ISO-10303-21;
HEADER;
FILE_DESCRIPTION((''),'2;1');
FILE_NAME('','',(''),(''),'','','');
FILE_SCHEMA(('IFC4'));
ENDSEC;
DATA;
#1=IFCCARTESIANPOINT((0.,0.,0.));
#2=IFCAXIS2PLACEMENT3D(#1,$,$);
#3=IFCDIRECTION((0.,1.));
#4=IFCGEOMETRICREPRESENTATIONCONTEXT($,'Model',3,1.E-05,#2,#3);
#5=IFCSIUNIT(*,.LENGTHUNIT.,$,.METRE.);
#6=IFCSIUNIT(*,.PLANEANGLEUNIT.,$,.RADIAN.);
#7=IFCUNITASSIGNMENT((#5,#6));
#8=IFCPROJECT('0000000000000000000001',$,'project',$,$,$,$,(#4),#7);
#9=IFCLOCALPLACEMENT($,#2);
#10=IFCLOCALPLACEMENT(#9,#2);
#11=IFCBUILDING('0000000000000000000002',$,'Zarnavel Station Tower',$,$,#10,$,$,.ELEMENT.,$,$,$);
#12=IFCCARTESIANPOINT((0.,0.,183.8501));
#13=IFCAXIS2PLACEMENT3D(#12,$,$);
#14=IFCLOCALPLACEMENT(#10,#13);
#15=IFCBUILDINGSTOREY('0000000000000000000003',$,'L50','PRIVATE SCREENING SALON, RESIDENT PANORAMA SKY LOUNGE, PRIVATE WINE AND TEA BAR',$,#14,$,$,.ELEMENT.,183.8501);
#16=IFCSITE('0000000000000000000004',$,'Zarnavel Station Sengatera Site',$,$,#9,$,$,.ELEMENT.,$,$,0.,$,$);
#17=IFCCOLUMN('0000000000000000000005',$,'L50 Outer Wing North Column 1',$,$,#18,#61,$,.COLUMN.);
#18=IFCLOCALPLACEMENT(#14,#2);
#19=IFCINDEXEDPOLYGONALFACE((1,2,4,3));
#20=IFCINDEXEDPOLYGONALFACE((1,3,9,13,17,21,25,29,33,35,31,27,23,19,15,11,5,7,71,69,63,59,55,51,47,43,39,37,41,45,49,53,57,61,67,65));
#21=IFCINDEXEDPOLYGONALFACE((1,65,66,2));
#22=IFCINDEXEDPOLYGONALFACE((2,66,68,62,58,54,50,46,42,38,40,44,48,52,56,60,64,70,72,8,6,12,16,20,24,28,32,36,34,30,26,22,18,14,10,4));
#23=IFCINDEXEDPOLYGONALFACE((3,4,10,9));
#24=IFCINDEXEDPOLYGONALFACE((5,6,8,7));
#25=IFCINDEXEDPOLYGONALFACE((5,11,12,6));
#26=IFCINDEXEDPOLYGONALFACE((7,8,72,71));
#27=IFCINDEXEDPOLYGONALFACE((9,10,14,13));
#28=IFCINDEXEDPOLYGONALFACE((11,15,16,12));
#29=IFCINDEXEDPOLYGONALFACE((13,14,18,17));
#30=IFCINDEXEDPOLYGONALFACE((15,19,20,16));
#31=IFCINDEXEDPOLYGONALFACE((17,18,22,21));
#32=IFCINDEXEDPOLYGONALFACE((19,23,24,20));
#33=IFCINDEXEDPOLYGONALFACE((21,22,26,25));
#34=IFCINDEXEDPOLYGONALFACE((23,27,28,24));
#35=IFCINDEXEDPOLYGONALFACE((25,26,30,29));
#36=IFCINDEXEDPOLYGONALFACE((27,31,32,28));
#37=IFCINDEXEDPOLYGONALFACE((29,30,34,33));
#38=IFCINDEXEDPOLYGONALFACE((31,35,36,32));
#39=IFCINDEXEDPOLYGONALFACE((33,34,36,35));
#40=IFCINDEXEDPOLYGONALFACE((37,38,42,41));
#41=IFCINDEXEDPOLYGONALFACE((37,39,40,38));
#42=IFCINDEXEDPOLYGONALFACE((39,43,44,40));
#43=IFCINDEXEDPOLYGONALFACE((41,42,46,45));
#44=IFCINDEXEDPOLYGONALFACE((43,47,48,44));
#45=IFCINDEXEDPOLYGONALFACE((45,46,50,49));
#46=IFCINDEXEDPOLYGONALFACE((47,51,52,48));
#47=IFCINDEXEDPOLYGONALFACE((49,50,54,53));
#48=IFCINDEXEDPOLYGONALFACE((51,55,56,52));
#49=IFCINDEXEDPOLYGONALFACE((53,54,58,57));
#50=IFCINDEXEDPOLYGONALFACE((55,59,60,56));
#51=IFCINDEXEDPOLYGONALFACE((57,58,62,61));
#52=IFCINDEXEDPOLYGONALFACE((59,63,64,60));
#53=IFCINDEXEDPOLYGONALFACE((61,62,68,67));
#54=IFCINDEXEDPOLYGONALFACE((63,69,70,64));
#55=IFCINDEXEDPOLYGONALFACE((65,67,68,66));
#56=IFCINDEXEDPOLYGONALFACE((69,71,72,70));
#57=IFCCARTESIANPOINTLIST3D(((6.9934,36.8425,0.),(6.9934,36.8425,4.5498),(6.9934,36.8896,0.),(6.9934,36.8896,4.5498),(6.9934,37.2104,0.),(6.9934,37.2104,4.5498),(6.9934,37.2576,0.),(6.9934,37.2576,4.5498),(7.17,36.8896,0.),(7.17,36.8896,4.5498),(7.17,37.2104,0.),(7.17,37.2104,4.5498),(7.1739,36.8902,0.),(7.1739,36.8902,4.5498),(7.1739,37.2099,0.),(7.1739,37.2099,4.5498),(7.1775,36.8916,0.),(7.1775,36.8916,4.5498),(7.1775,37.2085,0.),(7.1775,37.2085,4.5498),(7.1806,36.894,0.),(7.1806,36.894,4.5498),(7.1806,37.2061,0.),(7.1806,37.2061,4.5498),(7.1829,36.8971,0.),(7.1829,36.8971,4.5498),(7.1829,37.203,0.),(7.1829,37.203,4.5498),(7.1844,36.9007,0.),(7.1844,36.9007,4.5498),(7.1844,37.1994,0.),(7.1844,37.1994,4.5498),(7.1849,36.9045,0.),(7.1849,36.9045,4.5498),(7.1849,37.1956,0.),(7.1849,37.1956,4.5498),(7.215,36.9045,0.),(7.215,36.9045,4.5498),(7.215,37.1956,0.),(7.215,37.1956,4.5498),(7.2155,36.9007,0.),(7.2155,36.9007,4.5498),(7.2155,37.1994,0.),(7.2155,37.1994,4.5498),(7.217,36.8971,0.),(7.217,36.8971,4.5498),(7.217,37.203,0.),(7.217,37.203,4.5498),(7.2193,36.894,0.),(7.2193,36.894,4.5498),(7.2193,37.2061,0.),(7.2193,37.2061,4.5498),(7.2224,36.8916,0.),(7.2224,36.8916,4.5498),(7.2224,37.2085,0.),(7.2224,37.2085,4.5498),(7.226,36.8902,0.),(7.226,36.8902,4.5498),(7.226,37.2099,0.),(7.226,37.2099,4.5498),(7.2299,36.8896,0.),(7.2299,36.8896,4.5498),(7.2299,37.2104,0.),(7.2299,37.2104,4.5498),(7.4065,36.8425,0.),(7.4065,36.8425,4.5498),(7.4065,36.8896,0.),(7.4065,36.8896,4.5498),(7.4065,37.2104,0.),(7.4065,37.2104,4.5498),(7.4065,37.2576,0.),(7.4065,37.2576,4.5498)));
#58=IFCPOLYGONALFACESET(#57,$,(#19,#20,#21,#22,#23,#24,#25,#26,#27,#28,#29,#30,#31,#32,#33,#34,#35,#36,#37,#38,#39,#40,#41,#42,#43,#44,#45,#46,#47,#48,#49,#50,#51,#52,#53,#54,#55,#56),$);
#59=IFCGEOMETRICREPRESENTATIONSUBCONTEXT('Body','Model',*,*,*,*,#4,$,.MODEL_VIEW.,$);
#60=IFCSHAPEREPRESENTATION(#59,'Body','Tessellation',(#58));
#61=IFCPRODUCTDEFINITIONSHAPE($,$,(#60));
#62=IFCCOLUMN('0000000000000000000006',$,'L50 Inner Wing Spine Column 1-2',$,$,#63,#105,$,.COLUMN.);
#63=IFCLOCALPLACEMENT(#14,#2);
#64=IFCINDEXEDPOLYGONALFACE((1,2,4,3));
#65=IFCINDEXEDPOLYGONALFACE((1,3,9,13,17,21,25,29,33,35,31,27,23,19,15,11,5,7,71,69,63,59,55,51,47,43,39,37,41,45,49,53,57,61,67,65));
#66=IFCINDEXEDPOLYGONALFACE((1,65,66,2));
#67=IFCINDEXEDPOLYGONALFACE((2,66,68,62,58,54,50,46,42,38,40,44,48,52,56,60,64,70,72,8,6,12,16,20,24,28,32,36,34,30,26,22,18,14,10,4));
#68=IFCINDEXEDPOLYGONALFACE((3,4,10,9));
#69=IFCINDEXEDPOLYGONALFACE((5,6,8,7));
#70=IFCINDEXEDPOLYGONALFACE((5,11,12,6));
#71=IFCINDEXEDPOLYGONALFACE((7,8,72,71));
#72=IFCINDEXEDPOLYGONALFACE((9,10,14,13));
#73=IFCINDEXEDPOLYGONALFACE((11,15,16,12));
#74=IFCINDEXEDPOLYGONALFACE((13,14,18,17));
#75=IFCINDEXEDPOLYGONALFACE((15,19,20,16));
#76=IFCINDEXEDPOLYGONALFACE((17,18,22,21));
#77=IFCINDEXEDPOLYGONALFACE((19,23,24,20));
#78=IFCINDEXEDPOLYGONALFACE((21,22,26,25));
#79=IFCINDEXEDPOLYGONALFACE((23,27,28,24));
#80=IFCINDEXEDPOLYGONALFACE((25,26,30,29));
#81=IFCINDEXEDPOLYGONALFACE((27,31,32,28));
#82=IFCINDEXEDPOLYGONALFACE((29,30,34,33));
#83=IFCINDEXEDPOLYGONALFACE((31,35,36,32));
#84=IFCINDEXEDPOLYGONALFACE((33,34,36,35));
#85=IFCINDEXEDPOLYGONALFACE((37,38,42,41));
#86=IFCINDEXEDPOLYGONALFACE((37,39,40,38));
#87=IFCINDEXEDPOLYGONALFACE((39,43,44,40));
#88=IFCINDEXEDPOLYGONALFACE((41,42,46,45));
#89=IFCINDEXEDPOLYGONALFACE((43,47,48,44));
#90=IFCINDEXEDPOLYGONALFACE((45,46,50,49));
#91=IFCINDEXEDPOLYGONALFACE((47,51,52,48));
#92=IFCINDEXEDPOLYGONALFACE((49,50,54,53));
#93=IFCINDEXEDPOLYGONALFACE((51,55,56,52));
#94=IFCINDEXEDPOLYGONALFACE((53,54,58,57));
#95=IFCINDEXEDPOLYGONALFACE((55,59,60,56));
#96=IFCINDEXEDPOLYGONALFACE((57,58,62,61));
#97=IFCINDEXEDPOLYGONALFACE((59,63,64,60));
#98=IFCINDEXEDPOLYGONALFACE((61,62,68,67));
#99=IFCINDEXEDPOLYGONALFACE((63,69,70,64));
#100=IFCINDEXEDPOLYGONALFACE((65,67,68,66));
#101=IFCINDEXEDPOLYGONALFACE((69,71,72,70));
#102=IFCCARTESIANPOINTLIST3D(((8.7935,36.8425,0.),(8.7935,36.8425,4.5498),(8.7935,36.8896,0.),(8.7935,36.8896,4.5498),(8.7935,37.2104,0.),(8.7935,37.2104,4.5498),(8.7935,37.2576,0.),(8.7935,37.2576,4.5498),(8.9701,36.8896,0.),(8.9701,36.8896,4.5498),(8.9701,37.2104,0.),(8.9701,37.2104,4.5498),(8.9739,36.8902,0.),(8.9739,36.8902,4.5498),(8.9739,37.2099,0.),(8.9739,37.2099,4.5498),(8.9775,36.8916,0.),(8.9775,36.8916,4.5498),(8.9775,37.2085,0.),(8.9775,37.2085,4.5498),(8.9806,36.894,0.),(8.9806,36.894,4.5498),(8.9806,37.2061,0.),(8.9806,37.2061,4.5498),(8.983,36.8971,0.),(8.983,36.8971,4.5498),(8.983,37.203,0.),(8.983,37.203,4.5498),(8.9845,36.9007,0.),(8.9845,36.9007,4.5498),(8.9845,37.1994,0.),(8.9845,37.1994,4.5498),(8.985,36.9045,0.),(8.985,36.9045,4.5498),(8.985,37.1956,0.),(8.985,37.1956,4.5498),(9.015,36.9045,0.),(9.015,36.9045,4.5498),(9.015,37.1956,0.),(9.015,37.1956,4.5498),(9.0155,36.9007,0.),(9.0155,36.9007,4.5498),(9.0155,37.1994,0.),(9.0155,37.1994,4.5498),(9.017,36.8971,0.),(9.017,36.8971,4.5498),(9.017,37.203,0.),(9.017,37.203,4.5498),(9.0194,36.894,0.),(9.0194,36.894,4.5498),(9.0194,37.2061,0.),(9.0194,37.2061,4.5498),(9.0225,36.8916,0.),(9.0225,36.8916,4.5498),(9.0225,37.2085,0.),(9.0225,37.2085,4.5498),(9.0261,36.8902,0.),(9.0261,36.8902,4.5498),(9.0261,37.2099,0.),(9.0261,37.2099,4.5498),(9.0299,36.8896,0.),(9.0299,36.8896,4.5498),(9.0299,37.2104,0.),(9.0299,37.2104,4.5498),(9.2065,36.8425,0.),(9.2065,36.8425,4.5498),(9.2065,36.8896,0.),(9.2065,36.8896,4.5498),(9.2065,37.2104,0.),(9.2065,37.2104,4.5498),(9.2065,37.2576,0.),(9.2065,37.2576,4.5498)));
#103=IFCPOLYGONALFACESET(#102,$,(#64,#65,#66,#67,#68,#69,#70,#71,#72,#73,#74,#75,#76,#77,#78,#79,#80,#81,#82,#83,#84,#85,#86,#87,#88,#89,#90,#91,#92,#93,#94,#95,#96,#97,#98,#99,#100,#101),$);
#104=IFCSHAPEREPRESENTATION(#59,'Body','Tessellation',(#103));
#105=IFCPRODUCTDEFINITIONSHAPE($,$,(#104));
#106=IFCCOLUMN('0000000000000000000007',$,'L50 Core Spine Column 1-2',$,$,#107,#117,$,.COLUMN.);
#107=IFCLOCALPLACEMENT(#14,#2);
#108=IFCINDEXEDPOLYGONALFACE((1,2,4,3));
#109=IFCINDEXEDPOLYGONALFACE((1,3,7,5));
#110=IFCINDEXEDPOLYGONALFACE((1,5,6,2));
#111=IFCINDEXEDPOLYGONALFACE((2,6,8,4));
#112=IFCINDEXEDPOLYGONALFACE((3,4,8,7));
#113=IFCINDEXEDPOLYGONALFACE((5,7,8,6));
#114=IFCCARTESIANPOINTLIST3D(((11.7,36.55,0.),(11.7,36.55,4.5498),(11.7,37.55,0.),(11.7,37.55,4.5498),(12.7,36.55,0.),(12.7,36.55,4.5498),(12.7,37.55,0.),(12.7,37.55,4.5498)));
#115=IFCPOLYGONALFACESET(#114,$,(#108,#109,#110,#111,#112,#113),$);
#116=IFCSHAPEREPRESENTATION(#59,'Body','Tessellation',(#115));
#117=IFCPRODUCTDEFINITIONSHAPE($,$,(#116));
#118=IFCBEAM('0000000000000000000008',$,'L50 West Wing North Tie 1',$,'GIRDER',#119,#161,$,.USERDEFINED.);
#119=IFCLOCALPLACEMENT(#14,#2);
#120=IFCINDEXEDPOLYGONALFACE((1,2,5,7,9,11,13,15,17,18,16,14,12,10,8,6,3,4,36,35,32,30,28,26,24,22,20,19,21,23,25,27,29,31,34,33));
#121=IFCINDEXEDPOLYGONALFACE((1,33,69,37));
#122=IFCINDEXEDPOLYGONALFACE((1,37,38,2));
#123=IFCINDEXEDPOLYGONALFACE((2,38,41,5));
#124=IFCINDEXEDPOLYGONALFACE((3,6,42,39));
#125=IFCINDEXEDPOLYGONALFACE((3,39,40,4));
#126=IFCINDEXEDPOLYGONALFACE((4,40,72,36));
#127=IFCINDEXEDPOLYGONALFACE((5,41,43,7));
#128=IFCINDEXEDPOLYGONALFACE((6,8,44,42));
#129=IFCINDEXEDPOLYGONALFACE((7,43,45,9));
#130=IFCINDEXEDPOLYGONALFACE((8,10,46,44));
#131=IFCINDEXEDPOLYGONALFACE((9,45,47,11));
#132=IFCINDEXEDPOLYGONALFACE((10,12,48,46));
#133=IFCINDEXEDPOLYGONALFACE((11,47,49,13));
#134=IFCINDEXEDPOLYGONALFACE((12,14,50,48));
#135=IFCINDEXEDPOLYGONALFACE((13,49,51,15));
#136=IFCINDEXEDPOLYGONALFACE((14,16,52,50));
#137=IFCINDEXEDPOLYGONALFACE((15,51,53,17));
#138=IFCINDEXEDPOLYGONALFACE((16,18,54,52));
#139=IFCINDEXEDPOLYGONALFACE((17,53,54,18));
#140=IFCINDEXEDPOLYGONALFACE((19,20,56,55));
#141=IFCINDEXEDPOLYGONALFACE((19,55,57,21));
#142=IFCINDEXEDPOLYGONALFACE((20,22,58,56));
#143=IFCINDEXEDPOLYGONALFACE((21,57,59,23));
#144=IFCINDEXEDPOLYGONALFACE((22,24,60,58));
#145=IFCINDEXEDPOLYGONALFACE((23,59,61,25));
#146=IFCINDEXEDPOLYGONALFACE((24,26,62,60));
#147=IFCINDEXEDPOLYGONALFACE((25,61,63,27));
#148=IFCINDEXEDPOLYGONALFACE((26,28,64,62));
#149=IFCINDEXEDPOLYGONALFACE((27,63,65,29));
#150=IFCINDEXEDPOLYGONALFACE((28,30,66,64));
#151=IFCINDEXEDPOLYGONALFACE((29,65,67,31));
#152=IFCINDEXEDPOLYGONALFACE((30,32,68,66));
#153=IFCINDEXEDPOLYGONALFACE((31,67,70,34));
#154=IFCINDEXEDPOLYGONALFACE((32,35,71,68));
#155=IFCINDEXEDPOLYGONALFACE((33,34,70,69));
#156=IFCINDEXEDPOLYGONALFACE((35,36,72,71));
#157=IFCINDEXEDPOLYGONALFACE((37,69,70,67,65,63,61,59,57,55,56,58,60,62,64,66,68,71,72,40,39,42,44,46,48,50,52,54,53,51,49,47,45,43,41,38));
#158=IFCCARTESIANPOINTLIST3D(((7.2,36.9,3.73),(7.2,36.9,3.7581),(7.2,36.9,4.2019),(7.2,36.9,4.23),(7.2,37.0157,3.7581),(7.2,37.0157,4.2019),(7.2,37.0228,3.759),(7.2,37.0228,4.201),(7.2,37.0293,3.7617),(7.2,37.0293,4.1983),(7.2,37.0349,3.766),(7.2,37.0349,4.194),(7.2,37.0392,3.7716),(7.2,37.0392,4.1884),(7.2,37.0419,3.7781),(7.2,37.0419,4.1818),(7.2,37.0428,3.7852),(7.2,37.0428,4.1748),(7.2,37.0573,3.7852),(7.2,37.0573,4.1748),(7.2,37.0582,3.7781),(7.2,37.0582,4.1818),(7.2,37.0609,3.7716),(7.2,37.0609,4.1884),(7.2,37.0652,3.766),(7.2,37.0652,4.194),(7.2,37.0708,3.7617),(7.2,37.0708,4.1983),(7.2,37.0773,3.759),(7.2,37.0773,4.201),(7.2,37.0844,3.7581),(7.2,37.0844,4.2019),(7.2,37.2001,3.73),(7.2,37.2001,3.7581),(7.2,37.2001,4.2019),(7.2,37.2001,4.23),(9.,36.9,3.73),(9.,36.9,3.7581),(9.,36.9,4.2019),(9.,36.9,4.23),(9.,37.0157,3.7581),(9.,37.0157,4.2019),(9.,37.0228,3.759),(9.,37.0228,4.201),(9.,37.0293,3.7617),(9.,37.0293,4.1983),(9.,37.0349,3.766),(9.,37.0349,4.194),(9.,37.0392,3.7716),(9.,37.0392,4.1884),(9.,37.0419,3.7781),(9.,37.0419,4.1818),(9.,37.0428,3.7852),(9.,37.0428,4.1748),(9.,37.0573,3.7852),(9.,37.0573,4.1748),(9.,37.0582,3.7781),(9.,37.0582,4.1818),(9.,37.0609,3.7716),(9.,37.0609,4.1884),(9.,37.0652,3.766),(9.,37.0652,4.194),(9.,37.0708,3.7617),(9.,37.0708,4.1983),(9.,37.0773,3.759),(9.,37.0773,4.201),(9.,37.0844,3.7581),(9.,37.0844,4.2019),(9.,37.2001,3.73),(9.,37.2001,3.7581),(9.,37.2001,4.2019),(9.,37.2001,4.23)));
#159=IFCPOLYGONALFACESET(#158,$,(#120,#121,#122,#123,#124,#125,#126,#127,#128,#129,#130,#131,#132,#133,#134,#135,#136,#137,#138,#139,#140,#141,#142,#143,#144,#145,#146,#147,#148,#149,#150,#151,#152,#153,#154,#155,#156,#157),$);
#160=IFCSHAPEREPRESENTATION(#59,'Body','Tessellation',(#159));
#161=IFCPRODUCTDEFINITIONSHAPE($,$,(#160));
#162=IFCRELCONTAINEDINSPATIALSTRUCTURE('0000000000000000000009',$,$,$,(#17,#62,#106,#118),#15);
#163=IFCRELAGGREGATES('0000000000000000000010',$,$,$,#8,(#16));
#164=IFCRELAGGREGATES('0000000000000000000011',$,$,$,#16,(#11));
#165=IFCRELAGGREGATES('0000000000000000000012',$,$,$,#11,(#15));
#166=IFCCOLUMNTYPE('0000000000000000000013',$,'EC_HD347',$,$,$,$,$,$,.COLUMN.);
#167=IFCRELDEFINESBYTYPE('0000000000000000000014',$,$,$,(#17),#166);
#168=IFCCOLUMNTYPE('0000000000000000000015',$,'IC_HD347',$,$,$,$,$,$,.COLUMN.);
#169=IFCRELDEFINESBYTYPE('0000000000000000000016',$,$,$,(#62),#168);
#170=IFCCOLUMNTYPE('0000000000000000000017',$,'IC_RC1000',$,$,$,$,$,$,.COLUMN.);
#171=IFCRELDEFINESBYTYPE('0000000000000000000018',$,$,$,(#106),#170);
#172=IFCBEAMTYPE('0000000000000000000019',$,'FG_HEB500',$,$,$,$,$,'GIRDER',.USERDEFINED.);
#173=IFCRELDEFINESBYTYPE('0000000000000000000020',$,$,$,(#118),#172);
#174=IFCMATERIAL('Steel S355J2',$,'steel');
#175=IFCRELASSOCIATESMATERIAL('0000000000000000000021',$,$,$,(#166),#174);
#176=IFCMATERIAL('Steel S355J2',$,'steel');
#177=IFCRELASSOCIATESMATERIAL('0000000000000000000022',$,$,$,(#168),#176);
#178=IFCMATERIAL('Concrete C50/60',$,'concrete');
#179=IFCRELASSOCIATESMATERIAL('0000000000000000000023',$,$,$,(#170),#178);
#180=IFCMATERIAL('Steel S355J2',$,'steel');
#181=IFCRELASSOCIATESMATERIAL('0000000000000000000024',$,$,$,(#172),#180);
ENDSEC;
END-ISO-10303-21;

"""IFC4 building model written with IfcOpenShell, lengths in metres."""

from ifc_helpers import new_model, si_unit, direction, frame, origin, origin_2d, place, context, subcontext, project, spatial, rectangle, i_section, extrude, material, material_profile, profile_set, type_object, element, save


model = new_model("IFC4")

# Units and contexts
model_context = context("Model", 3, precision=1e-05, world=origin(), true_north=direction((0.0, 1.0)))
body_context = subcontext(model_context, "Body", "Model", "MODEL_VIEW")
ifc_project = project(units=[si_unit("LENGTHUNIT", "METRE"), si_unit("PLANEANGLEUNIT", "RADIAN")], contexts=[model_context])

# Site, building, storey
site_placement = place(None, origin())
site = spatial("IfcSite", under=ifc_project, at=site_placement, Name="Zarnavel Station Sengatera Site", CompositionType="ELEMENT", RefElevation=0.0)
building_placement = place(site_placement, origin())
building = spatial("IfcBuilding", under=site, at=building_placement, Name="Zarnavel Station Tower", CompositionType="ELEMENT")
storey_placement = place(building_placement, frame((0.0, 0.0, 183.8501)))
storey = spatial("IfcBuildingStorey", under=building, at=storey_placement, Name="L50", Description="PRIVATE SCREENING SALON, RESIDENT PANORAMA SKY LOUNGE, PRIVATE WINE AND TEA BAR", CompositionType="ELEMENT", Elevation=183.8501)

# Columns
ifc_material_1 = material(Name="Steel S355J2", Category="steel")
ifc_material_profile_1 = material_profile(ifc_material_1, i_section(OverallWidth=0.4131, OverallDepth=0.415, WebThickness=0.03, FlangeThickness=0.0471, FilletRadius=0.0149, at=origin_2d()), Name="HD400x347")
ifc_profile_set_1 = profile_set([ifc_material_profile_1], Name="Steel S355J2")
column_type_1 = type_object("IfcColumnType", Name="EC_HD347", PredefinedType="COLUMN", material=ifc_profile_set_1)
column_1_placement = place(storey_placement, frame((7.2, 37.05, 0.0), z_axis=(0.0, 0.0, 1.0), x_axis=(1.0, 0.0, 0.0)))
element("IfcColumn", 1, at=column_1_placement, inside=storey, type_object=column_type_1, Name="L50 Outer Wing North Column 1", PredefinedType="COLUMN", context=body_context, shape_type="SweptSolid", body=[
    extrude(i_section(OverallWidth=0.4131, OverallDepth=0.415, WebThickness=0.03, FlangeThickness=0.0471, FilletRadius=0.0149, at=origin_2d()), origin(), (0.0, 0.0, 1.0), 4.5498),
])
ifc_material_2 = material(Name="Steel S355J2", Category="steel")
ifc_material_profile_2 = material_profile(ifc_material_2, i_section(OverallWidth=0.4131, OverallDepth=0.415, WebThickness=0.03, FlangeThickness=0.0471, FilletRadius=0.0149, at=origin_2d()), Name="HD400x347")
ifc_profile_set_2 = profile_set([ifc_material_profile_2], Name="Steel S355J2")
column_type_2 = type_object("IfcColumnType", Name="IC_HD347", PredefinedType="COLUMN", material=ifc_profile_set_2)
column_2_placement = place(storey_placement, frame((9.0, 37.05, 0.0), z_axis=(0.0, 0.0, 1.0), x_axis=(1.0, 0.0, 0.0)))
element("IfcColumn", 2, at=column_2_placement, inside=storey, type_object=column_type_2, Name="L50 Inner Wing Spine Column 1-2", PredefinedType="COLUMN", context=body_context, shape_type="SweptSolid", body=[
    extrude(i_section(OverallWidth=0.4131, OverallDepth=0.415, WebThickness=0.03, FlangeThickness=0.0471, FilletRadius=0.0149, at=origin_2d()), origin(), (0.0, 0.0, 1.0), 4.5498),
])
ifc_material_3 = material(Name="Concrete C50/60", Category="concrete")
ifc_material_profile_3 = material_profile(ifc_material_3, rectangle(XDim=1.0, YDim=1.0, at=origin_2d()), Name="RC1000x1000")
ifc_profile_set_3 = profile_set([ifc_material_profile_3], Name="Concrete C50/60")
column_type_3 = type_object("IfcColumnType", Name="IC_RC1000", PredefinedType="COLUMN", material=ifc_profile_set_3)
column_3_placement = place(storey_placement, frame((12.2, 37.05, 0.0), z_axis=(0.0, 0.0, 1.0), x_axis=(1.0, 0.0, 0.0)))
element("IfcColumn", 3, at=column_3_placement, inside=storey, type_object=column_type_3, Name="L50 Core Spine Column 1-2", PredefinedType="COLUMN", context=body_context, shape_type="SweptSolid", body=[
    extrude(rectangle(XDim=1.0, YDim=1.0, at=origin_2d()), origin(), (0.0, 0.0, 1.0), 4.5498),
])

# Beam
ifc_material_4 = material(Name="Steel S355J2", Category="steel")
ifc_material_profile_4 = material_profile(ifc_material_4, i_section(OverallWidth=0.3, OverallDepth=0.5, WebThickness=0.0144, FlangeThickness=0.0281, FilletRadius=0.0271, at=origin_2d()), Name="HEB500")
ifc_profile_set_4 = profile_set([ifc_material_profile_4], Name="Steel S355J2")
beam_type = type_object("IfcBeamType", Name="FG_HEB500", ElementType="GIRDER", PredefinedType="USERDEFINED", material=ifc_profile_set_4)
beam_1_placement = place(storey_placement, frame((7.2, 37.05, 3.98), z_axis=(1.0, 0.0, 0.0), x_axis=(0.0, 1.0, 0.0)))
element("IfcBeam", 4, at=beam_1_placement, inside=storey, type_object=beam_type, Name="L50 West Wing North Tie 1", ObjectType="GIRDER", PredefinedType="USERDEFINED", context=body_context, shape_type="SweptSolid", body=[
    extrude(i_section(OverallWidth=0.3, OverallDepth=0.5, WebThickness=0.0144, FlangeThickness=0.0281, FilletRadius=0.0271, at=origin_2d()), origin(), (0.0, 0.0, 1.0), 1.8),
])

save(model, "model.ifc")
